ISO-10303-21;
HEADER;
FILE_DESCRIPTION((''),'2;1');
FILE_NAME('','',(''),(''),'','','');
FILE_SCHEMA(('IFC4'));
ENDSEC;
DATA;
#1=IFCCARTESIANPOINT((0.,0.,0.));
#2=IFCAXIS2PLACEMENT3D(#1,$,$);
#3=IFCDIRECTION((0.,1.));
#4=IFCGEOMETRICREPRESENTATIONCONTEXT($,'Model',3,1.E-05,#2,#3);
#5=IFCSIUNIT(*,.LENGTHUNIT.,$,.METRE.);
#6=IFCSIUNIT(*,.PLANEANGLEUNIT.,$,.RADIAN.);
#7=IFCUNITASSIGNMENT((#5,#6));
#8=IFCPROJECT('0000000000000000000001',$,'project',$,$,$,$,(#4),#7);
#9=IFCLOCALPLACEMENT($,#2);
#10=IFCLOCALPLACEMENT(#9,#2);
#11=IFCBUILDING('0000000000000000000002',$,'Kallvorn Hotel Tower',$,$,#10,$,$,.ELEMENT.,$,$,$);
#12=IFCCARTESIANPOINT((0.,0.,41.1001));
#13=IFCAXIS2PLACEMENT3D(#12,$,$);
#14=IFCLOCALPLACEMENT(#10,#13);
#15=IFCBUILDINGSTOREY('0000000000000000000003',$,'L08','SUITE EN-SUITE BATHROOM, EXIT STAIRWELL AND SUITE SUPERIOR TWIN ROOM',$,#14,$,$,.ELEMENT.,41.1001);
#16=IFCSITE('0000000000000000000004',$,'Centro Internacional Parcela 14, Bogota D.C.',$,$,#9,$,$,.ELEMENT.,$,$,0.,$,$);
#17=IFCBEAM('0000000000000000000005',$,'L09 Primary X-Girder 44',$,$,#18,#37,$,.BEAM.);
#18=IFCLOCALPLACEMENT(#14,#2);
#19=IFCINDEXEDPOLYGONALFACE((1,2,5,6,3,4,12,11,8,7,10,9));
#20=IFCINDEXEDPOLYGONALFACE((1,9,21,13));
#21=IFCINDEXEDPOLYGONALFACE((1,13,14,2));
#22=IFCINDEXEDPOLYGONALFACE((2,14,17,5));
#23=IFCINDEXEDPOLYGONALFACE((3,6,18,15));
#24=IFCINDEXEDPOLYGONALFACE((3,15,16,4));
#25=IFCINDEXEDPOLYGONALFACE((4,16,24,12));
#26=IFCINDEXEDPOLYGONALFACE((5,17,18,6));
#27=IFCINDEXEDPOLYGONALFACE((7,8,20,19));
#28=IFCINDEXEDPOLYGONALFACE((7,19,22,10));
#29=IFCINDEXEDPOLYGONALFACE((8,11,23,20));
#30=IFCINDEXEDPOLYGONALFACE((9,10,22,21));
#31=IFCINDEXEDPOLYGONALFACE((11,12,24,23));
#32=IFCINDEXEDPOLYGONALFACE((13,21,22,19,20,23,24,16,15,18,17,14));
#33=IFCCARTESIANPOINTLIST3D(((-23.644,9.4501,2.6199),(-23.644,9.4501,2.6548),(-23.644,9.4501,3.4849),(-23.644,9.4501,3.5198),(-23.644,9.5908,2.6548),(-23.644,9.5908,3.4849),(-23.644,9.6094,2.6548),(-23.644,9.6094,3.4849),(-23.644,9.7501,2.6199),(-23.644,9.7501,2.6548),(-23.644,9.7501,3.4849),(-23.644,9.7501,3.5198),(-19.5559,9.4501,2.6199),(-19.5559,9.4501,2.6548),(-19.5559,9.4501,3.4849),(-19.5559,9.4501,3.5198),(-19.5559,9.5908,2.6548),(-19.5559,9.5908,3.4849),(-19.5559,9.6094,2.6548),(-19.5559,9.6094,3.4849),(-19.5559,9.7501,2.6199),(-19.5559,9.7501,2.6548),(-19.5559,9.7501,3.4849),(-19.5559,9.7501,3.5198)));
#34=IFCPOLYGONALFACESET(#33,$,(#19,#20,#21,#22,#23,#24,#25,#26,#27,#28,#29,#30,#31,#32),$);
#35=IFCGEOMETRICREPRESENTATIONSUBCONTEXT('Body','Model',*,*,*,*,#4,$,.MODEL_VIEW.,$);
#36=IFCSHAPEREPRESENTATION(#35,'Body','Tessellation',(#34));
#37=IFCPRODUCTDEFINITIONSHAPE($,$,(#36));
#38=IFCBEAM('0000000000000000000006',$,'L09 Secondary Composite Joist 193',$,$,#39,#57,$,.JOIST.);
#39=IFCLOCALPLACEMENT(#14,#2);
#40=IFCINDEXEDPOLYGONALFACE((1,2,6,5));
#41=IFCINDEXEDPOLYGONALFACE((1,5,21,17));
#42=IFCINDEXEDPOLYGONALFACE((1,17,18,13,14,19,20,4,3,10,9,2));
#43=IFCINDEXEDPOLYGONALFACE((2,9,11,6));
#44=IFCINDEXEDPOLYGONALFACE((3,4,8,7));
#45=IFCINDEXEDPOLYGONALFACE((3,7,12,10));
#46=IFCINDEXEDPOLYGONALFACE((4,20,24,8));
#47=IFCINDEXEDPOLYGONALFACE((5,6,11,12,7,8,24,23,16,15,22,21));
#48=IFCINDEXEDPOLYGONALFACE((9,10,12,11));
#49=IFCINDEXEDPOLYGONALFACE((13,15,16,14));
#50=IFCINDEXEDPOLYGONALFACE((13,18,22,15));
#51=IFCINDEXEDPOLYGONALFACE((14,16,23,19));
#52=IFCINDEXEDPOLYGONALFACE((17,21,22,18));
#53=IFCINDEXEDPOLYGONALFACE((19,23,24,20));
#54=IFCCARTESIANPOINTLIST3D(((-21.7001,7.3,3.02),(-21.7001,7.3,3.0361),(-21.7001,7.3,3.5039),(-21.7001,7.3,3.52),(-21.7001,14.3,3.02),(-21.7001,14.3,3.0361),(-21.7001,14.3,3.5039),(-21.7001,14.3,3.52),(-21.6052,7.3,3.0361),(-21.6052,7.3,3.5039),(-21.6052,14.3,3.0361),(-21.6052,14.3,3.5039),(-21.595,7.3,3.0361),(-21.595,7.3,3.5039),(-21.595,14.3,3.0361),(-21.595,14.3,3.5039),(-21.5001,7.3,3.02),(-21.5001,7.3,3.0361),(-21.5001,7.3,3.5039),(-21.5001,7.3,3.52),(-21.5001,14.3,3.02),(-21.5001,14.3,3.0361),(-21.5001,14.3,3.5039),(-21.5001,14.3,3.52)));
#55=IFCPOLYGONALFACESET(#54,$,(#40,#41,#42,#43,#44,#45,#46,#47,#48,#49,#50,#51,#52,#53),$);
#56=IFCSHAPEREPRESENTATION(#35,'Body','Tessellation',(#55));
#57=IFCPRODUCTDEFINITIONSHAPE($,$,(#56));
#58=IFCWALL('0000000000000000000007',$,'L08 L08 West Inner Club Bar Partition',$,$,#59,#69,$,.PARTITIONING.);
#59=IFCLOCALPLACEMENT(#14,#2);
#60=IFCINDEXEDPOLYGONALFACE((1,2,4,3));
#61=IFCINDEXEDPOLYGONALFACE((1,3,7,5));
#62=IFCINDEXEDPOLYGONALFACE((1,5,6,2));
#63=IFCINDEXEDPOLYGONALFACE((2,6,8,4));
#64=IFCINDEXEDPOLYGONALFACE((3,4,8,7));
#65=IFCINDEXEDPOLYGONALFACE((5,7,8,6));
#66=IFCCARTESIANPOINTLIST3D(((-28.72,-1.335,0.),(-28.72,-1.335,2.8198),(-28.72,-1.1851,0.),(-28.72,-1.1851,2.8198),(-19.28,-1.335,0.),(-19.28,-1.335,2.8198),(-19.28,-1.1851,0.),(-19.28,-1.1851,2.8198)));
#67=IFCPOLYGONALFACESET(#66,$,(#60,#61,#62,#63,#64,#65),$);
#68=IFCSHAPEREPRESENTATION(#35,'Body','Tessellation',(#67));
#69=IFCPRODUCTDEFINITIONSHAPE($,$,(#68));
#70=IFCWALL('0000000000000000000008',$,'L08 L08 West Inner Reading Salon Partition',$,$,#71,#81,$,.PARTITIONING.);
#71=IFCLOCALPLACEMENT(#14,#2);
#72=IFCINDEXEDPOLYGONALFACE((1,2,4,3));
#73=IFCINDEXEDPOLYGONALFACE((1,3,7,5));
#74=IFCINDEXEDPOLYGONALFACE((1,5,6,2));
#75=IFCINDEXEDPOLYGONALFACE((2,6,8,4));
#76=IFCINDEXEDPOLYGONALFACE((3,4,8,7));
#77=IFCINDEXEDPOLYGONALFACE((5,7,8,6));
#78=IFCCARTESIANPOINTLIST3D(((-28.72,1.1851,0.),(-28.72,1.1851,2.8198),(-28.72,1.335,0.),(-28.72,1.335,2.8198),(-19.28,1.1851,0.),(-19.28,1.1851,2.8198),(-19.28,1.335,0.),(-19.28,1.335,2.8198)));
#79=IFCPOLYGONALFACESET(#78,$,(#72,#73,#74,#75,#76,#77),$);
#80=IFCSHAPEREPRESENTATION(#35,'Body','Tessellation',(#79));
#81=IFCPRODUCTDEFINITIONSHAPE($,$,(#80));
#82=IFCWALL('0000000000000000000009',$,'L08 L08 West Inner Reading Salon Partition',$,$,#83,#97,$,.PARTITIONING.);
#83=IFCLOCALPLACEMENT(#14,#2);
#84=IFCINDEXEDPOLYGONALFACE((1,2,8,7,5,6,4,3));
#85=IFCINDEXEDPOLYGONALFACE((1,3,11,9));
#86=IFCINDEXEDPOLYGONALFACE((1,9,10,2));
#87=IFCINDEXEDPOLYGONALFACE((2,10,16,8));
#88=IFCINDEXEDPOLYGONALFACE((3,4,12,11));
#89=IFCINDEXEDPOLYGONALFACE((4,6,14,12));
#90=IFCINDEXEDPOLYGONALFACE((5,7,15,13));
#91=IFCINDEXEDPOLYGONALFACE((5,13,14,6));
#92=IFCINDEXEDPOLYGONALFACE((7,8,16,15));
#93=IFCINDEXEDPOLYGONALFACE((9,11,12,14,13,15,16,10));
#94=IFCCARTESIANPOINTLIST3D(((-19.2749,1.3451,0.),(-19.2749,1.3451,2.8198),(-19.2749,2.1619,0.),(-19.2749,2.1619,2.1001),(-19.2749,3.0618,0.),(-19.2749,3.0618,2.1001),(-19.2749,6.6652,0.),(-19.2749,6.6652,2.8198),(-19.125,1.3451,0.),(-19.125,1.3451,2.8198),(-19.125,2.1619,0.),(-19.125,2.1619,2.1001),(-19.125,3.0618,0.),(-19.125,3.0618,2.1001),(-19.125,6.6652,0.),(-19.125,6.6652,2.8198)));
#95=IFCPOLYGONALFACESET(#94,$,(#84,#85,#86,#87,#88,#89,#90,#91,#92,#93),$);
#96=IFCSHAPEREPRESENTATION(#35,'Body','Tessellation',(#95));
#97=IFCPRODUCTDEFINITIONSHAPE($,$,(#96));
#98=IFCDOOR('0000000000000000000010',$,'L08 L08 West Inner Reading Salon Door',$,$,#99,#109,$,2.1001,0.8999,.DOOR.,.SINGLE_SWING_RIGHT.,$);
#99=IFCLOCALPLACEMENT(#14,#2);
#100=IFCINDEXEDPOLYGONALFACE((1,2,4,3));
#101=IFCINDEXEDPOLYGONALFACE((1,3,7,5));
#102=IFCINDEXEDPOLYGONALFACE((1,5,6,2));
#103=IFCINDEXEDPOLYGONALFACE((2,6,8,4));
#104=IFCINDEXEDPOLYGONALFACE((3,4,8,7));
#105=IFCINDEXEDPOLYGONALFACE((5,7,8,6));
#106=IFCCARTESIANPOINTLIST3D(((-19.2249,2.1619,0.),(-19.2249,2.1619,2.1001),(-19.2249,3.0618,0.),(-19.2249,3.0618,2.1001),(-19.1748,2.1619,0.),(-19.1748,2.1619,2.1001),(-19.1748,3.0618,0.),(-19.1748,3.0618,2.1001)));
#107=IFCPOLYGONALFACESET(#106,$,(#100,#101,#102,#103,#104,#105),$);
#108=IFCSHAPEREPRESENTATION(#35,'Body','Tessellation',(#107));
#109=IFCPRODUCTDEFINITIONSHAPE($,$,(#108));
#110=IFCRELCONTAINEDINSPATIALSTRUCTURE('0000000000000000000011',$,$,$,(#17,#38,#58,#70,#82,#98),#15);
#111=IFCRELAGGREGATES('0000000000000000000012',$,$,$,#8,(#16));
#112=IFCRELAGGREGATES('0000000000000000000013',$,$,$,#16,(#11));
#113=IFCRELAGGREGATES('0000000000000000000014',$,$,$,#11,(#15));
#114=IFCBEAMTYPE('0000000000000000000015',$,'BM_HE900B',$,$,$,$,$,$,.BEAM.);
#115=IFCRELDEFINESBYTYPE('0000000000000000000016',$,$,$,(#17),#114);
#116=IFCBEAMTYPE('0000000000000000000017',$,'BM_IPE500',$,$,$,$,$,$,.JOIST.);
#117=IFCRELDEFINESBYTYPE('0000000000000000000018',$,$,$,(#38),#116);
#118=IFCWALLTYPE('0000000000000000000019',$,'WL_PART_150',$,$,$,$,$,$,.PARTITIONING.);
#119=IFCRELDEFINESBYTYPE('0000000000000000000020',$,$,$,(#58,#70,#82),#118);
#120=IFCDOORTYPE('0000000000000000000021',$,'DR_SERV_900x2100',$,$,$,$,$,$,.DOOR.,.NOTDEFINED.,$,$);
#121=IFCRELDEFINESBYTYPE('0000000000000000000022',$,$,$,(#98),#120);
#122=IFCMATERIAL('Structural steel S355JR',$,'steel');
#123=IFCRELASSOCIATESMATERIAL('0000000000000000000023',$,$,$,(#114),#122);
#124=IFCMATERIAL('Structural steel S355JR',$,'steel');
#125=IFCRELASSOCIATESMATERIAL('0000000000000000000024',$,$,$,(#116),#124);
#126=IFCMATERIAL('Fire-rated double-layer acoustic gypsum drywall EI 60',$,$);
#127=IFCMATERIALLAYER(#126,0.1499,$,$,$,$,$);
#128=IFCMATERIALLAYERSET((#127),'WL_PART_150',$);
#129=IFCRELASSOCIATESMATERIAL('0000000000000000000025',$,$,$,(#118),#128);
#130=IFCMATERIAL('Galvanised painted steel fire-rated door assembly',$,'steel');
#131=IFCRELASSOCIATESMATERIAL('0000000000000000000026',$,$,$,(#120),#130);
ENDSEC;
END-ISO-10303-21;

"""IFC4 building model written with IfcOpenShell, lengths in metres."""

from ifc_helpers import new_model, si_unit, direction, frame, frame_2d, origin, origin_2d, place, context, subcontext, project, spatial, rectangle, i_section, extrude, material, layer, layer_set, material_profile, profile_set, type_object, element, fill, save


model = new_model("IFC4")

# Units and contexts
model_context = context("Model", 3, precision=1e-05, world=origin(), true_north=direction((0.0, 1.0)))
body_context = subcontext(model_context, "Body", "Model", "MODEL_VIEW")
ifc_project = project(units=[si_unit("LENGTHUNIT", "METRE"), si_unit("PLANEANGLEUNIT", "RADIAN")], contexts=[model_context])

# Site, building, storey
site_placement = place(None, origin())
site = spatial("IfcSite", under=ifc_project, at=site_placement, Name="Centro Internacional Parcela 14, Bogota D.C.", CompositionType="ELEMENT", RefElevation=0.0)
building_placement = place(site_placement, origin())
building = spatial("IfcBuilding", under=site, at=building_placement, Name="Kallvorn Hotel Tower", CompositionType="ELEMENT")
storey_placement = place(building_placement, frame((0.0, 0.0, 41.1001)))
storey = spatial("IfcBuildingStorey", under=building, at=storey_placement, Name="L08", Description="SUITE EN-SUITE BATHROOM, EXIT STAIRWELL AND SUITE SUPERIOR TWIN ROOM", CompositionType="ELEMENT", Elevation=41.1001)

# Beams
ifc_material_1 = material(Name="Structural steel S355JR", Category="steel")
ifc_material_profile_1 = material_profile(ifc_material_1, i_section(OverallWidth=0.3, OverallDepth=0.8999, WebThickness=0.0186, FlangeThickness=0.0349, at=origin_2d()), Name="HE 900 B")
ifc_profile_set_1 = profile_set([ifc_material_profile_1], Name="Structural steel S355JR")
beam_type_1 = type_object("IfcBeamType", Name="BM_HE900B", PredefinedType="BEAM", material=ifc_profile_set_1)
for number, where, z_axis, x_axis, name in (
    (1, (-23.644, 9.6001, 3.0698), (1.0, 0.0, 0.0), (0.0, 1.0, 0.0), "L09 Primary X-Girder 44"),
):
    element("IfcBeam", number, at=place(storey_placement, frame(where, z_axis=z_axis, x_axis=x_axis)), inside=storey, type_object=beam_type_1, Name=name, PredefinedType="BEAM", context=body_context, shape_type="SweptSolid", body=[
        extrude(i_section(OverallWidth=0.3, OverallDepth=0.8999, WebThickness=0.0186, FlangeThickness=0.0349, at=origin_2d()), origin(), (0.0, 0.0, 1.0), 4.0881),
    ])
ifc_material_2 = material(Name="Structural steel S355JR", Category="steel")
ifc_material_profile_2 = material_profile(ifc_material_2, i_section(OverallWidth=0.2, OverallDepth=0.5, WebThickness=0.0103, FlangeThickness=0.0161, at=origin_2d()), Name="IPE 500")
ifc_profile_set_2 = profile_set([ifc_material_profile_2], Name="Structural steel S355JR")
beam_type_2 = type_object("IfcBeamType", Name="BM_IPE500", PredefinedType="JOIST", material=ifc_profile_set_2)
beam_1_placement = place(storey_placement, frame((-21.6001, 7.3, 3.27), z_axis=(0.0, 1.0, 0.0), x_axis=(-1.0, 0.0, 0.0)))
element("IfcBeam", 2, at=beam_1_placement, inside=storey, type_object=beam_type_2, Name="L09 Secondary Composite Joist 193", PredefinedType="JOIST", context=body_context, shape_type="SweptSolid", body=[
    extrude(i_section(OverallWidth=0.2, OverallDepth=0.5, WebThickness=0.0103, FlangeThickness=0.0161, at=origin_2d()), origin(), (0.0, 0.0, 1.0), 7.0),
])

# Walls
ifc_material_3 = material(Name="Fire-rated double-layer acoustic gypsum drywall EI 60")
ifc_layer = layer(ifc_material_3, 0.1499)
ifc_layer_set = layer_set([ifc_layer], Name="WL_PART_150")
wall_type = type_object("IfcWallType", Name="WL_PART_150", PredefinedType="PARTITIONING", material=ifc_layer_set)
for number, where, z_axis, x_axis, name in (
    (3, (-28.72, -1.26, 0.0), (0.0, 0.0, 1.0), (1.0, 0.0, 0.0), "L08 L08 West Inner Club Bar Partition"),
    (4, (-28.72, 1.26, 0.0), (0.0, 0.0, 1.0), (1.0, 0.0, 0.0), "L08 L08 West Inner Reading Salon Partition"),
):
    element("IfcWall", number, at=place(storey_placement, frame(where, z_axis=z_axis, x_axis=x_axis)), inside=storey, type_object=wall_type, Name=name, PredefinedType="PARTITIONING", context=body_context, shape_type="SweptSolid", body=[
        extrude(rectangle(XDim=9.4399, YDim=0.1499, at=frame_2d((4.72, 0.0))), origin(), (0.0, 0.0, 1.0), 2.8198),
    ])

# Wall, opening, door
wall_placement = place(storey_placement, frame((-19.2, 1.345, 0.0), z_axis=(0.0, 0.0, 1.0), x_axis=(0.0, 1.0, 0.0)))
wall = element("IfcWall", 5, at=wall_placement, inside=storey, type_object=wall_type, Name="L08 L08 West Inner Reading Salon Partition", PredefinedType="PARTITIONING", context=body_context, shape_type="SweptSolid", body=[
    extrude(rectangle(XDim=5.3201, YDim=0.1499, at=frame_2d((2.6602, 0.0))), origin(), (0.0, 0.0, 1.0), 2.8198),
])
opening_placement = place(wall_placement, frame((0.8169, 0.0, 0.0)))
opening = element("IfcOpeningElement", 6, at=opening_placement, cuts=wall, PredefinedType="OPENING", context=body_context, shape_type="SweptSolid", body=[
    extrude(rectangle(XDim=0.8999, YDim=2.1001, at=frame_2d((0.45, 1.05))), frame((0.0, 0.0898, 0.0), z_axis=(0.0, -1.0, 0.0), x_axis=(1.0, 0.0, 0.0)), (0.0, 0.0, 1.0), 0.1799),
])
ifc_material_4 = material(Name="Galvanised painted steel fire-rated door assembly", Category="steel")
door_type = type_object("IfcDoorType", Name="DR_SERV_900x2100", OperationType="NOTDEFINED", PredefinedType="DOOR", material=ifc_material_4)
door_placement = place(opening_placement, origin())
door = element("IfcDoor", 7, at=door_placement, inside=storey, type_object=door_type, Name="L08 L08 West Inner Reading Salon Door", OperationType="SINGLE_SWING_RIGHT", OverallHeight=2.1001, OverallWidth=0.8999, PredefinedType="DOOR", context=body_context, shape_type="SweptSolid", body=[
    extrude(rectangle(XDim=0.8999, YDim=2.1001, at=frame_2d((0.45, 1.05))), frame((0.0, 0.0249, 0.0), z_axis=(0.0, -1.0, 0.0), x_axis=(1.0, 0.0, 0.0)), (0.0, 0.0, 1.0), 0.05),
])
fill(opening, door)

save(model, "model.ifc")
